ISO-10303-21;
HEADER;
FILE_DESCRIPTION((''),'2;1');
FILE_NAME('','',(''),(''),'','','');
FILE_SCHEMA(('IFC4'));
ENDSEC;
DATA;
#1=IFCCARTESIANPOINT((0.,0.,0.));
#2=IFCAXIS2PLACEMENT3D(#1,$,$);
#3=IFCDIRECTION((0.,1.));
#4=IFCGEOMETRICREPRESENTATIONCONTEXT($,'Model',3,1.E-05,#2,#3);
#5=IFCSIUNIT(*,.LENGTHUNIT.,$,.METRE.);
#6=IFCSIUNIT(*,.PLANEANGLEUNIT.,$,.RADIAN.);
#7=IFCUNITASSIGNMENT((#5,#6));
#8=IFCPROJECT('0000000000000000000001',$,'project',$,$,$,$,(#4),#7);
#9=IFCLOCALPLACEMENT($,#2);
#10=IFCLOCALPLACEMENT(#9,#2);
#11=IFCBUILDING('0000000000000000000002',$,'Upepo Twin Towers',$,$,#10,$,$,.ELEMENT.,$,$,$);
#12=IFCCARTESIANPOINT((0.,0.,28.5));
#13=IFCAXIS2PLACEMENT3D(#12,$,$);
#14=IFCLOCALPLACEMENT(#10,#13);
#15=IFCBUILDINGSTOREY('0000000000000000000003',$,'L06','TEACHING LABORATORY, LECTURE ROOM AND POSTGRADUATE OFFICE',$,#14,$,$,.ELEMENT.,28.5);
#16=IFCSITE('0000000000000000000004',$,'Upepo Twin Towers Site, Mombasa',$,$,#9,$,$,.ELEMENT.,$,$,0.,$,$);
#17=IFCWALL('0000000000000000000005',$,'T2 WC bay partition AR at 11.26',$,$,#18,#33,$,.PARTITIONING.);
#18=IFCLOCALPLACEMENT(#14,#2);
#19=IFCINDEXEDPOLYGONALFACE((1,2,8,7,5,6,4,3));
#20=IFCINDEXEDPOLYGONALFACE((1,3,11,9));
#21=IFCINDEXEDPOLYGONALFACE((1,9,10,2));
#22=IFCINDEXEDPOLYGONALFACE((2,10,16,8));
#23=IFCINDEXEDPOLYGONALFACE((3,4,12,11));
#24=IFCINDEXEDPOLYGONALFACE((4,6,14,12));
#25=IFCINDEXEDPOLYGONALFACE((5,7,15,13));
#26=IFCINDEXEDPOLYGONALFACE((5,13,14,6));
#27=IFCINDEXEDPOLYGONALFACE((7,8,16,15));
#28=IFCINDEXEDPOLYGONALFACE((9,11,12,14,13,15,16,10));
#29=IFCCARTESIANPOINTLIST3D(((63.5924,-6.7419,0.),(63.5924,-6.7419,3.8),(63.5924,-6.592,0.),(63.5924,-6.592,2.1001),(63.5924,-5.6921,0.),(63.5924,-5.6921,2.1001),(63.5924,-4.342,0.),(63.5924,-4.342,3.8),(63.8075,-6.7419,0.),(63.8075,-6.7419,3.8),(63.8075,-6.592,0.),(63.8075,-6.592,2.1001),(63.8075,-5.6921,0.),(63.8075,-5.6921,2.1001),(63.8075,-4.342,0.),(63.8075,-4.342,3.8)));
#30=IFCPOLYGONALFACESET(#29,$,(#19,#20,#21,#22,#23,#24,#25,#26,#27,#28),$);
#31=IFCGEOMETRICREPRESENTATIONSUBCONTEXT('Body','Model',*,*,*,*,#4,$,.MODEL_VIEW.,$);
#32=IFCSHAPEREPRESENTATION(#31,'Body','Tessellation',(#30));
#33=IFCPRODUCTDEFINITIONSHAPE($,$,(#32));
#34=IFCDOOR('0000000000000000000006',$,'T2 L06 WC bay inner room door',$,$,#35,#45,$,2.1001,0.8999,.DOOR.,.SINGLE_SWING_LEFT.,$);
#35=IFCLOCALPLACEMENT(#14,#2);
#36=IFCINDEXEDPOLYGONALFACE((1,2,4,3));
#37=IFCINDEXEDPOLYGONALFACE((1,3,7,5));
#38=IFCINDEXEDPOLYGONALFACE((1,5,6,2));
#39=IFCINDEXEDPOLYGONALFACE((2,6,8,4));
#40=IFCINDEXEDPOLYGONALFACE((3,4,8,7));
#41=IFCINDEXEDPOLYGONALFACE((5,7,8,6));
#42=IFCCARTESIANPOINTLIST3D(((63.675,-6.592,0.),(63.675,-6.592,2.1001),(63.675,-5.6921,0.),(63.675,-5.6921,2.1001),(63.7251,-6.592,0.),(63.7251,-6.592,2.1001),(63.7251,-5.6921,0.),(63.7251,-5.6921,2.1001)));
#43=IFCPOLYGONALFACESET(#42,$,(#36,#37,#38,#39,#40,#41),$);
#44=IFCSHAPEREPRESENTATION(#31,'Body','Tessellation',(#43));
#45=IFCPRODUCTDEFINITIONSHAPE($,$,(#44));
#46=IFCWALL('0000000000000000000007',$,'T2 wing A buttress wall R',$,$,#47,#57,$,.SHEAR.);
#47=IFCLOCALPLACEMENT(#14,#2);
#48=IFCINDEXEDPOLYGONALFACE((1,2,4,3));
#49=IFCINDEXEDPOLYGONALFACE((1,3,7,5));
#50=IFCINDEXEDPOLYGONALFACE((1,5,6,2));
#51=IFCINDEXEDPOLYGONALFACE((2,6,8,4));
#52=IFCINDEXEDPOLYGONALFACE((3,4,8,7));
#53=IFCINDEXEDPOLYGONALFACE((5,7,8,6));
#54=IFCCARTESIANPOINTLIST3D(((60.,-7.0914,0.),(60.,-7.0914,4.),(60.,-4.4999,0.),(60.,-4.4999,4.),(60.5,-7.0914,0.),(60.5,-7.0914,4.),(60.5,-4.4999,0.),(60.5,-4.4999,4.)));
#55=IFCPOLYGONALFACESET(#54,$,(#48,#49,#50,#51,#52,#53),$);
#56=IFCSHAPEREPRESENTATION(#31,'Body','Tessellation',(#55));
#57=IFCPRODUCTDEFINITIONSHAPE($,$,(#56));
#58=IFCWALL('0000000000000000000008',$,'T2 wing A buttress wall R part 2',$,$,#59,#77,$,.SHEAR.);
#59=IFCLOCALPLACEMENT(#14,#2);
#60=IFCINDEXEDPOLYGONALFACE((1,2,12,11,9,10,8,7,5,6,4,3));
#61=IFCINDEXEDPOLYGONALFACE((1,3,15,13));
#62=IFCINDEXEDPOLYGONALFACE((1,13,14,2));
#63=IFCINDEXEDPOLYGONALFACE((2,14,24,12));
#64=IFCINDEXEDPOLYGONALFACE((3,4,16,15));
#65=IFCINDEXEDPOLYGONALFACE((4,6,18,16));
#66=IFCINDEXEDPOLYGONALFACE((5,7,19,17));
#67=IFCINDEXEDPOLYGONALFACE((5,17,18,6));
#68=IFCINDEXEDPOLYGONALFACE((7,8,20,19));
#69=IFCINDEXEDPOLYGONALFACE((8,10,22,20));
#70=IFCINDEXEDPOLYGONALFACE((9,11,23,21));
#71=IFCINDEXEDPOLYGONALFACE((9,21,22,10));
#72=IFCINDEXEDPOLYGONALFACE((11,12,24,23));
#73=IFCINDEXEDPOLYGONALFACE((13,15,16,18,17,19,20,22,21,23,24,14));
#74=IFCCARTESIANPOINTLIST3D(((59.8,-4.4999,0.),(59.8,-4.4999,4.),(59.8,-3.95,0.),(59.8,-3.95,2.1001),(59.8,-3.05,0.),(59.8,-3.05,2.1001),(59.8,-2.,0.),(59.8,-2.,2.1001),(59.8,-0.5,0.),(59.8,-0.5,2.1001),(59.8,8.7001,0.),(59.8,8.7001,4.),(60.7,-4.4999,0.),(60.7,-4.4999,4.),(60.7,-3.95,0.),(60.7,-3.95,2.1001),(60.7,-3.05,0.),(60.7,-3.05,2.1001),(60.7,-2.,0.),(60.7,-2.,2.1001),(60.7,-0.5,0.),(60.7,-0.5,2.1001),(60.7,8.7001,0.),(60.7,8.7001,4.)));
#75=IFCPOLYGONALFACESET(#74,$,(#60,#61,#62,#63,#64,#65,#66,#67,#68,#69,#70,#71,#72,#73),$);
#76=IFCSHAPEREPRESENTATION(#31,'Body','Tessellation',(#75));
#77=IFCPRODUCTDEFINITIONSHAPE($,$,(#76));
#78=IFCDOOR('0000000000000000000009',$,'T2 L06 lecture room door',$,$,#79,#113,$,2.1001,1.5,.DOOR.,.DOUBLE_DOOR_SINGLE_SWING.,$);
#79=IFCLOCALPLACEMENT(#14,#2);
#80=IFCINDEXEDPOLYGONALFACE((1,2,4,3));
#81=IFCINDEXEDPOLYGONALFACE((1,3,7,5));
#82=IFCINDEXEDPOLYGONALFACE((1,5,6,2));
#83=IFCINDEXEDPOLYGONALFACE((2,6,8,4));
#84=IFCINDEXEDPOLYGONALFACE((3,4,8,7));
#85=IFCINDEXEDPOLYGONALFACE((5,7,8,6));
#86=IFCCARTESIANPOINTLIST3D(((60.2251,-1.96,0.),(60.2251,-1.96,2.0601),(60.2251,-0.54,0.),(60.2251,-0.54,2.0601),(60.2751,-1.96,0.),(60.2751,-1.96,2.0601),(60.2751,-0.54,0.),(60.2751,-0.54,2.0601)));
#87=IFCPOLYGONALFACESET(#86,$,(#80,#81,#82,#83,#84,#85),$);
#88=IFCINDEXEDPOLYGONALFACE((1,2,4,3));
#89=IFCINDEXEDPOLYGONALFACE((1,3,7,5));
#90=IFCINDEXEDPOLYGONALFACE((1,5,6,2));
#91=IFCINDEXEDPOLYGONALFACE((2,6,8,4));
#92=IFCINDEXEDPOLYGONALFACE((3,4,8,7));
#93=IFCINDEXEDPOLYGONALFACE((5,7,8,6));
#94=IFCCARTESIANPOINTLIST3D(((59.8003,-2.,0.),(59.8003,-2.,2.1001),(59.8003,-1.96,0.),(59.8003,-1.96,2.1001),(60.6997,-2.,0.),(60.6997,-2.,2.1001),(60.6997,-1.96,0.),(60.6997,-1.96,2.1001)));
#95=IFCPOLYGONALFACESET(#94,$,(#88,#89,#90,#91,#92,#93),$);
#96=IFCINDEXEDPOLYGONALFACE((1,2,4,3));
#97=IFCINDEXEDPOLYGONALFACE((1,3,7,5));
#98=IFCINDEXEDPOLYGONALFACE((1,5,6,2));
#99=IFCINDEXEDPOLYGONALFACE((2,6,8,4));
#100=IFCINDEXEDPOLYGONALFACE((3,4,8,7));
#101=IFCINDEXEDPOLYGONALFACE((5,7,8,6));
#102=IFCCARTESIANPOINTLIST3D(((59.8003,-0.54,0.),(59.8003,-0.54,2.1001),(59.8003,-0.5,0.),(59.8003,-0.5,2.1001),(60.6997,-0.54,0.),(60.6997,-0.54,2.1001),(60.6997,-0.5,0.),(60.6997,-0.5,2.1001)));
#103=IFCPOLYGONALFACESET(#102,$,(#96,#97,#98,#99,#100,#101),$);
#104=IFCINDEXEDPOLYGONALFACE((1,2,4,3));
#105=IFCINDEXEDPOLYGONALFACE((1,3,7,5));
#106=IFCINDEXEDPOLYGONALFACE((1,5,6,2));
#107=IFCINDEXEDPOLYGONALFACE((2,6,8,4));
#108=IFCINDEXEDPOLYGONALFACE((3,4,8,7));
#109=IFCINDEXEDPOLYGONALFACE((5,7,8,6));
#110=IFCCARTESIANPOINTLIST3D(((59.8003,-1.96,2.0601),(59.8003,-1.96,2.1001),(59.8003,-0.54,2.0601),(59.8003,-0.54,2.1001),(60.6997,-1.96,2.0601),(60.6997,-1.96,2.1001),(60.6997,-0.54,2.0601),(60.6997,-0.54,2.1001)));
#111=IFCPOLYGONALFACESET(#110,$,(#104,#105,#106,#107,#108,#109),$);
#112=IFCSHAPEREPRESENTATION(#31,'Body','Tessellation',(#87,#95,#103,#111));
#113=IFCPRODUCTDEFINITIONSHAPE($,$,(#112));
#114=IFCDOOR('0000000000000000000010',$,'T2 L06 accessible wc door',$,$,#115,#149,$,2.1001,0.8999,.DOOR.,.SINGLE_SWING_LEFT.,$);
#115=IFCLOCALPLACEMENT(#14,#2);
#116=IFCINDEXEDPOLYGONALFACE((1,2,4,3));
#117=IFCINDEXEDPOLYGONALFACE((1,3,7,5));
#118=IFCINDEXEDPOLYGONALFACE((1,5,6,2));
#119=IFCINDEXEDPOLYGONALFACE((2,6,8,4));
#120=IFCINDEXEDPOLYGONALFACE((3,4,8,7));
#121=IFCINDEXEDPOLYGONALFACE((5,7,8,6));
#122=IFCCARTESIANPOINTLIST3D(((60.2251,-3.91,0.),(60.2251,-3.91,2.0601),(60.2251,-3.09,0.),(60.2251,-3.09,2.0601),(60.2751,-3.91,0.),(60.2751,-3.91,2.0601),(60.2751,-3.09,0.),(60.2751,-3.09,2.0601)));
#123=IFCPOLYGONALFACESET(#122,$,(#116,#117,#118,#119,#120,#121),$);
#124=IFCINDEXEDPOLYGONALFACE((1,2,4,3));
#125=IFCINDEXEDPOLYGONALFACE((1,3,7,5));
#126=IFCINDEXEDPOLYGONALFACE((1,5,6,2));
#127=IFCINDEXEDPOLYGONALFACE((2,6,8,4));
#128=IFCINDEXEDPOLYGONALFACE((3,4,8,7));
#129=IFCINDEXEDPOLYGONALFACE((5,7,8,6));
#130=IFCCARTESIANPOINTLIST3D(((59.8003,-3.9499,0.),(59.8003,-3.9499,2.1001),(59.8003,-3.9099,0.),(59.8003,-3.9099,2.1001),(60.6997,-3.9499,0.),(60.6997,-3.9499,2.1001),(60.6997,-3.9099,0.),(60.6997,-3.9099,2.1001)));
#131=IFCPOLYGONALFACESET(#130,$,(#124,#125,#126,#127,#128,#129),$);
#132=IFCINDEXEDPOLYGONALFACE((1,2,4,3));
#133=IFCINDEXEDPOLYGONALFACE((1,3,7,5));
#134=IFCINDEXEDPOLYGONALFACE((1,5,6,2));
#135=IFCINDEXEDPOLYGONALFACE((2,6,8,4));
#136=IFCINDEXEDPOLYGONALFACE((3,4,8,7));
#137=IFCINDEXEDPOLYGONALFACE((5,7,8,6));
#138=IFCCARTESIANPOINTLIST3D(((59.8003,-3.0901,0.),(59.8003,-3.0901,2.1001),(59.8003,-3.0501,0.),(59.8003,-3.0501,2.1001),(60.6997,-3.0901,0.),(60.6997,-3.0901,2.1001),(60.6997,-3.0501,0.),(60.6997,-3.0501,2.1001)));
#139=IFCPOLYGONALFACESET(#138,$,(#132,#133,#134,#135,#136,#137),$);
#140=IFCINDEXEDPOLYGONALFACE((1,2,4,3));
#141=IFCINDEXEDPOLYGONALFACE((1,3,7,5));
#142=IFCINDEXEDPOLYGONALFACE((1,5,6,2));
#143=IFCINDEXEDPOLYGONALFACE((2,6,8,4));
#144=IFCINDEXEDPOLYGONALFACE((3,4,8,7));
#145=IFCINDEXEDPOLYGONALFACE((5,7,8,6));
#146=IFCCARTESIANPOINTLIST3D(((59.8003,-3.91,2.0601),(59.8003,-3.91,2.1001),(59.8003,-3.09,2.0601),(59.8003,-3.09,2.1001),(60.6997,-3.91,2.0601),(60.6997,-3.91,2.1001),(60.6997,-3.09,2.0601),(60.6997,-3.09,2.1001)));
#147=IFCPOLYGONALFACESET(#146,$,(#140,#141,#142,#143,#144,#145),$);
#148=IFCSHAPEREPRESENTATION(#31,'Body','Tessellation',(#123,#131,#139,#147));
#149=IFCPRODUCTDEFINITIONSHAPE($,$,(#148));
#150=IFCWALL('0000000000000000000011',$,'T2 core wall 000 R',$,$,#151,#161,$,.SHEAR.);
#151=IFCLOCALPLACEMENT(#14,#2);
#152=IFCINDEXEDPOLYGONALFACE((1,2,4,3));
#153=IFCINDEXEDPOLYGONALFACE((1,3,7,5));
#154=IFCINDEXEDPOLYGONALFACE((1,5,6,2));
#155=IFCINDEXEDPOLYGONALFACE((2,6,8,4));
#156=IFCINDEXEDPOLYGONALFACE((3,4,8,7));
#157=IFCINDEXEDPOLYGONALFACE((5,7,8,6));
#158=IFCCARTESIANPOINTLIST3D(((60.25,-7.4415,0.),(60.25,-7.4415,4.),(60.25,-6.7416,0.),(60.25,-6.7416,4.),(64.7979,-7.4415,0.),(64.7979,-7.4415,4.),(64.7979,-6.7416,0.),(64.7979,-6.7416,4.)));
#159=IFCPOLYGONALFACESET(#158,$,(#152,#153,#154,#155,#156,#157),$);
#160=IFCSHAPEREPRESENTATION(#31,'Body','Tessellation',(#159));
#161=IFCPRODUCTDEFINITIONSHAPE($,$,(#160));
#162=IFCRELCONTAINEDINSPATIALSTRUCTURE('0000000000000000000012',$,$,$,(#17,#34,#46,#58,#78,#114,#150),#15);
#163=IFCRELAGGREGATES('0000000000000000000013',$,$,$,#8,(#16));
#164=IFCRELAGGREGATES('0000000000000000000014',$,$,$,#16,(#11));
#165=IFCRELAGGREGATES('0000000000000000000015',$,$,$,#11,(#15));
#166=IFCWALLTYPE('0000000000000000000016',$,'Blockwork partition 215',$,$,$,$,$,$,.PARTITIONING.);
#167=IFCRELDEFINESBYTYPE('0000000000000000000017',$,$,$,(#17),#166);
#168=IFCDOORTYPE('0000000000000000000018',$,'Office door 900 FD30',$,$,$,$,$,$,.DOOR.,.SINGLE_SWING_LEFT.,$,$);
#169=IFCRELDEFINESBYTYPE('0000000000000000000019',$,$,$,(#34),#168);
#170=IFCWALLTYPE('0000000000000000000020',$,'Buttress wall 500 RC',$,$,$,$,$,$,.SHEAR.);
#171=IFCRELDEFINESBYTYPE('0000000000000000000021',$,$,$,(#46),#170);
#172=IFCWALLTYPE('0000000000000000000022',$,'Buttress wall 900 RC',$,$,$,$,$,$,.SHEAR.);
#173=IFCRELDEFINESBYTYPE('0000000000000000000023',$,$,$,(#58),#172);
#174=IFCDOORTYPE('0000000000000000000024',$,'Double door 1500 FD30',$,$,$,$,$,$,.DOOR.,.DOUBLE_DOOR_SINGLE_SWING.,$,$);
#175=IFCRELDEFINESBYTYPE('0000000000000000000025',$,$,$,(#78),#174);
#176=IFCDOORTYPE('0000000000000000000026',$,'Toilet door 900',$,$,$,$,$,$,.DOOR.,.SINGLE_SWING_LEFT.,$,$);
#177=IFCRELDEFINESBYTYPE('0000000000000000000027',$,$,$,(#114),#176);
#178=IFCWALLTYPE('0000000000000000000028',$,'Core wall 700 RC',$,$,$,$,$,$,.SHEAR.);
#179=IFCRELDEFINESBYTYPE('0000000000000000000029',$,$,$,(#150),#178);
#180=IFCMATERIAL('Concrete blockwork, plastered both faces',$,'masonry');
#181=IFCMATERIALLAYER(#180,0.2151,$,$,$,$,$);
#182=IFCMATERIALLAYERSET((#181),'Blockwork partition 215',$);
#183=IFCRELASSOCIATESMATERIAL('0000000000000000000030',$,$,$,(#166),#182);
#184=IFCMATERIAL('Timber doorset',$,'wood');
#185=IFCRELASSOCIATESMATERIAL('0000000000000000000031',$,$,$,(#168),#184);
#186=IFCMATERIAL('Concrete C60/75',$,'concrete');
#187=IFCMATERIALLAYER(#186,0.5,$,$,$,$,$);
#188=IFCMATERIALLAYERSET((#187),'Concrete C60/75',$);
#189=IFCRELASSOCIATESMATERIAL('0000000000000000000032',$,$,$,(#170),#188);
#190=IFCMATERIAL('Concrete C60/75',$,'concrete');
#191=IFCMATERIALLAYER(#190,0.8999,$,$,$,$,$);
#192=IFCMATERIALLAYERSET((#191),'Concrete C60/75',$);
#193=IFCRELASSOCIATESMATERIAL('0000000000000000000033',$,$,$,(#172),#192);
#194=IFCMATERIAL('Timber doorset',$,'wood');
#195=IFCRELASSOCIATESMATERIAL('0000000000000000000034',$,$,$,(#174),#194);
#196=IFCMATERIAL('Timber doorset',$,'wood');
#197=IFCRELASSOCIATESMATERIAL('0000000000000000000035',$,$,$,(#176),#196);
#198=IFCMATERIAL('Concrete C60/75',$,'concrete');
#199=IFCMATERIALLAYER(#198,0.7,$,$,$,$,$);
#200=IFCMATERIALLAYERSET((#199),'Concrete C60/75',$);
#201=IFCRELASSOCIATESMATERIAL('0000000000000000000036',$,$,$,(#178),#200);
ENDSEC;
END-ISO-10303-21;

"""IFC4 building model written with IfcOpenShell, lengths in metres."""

from ifc_helpers import new_model, si_unit, direction, frame, frame_2d, origin, place, context, subcontext, project, spatial, rectangle, extrude, material, layer, layer_set, type_object, element, fill, save


model = new_model("IFC4")

# Units and contexts
model_context = context("Model", 3, precision=1e-05, world=origin(), true_north=direction((0.0, 1.0)))
body_context = subcontext(model_context, "Body", "Model", "MODEL_VIEW")
ifc_project = project(units=[si_unit("LENGTHUNIT", "METRE"), si_unit("PLANEANGLEUNIT", "RADIAN")], contexts=[model_context])

# Site, building, storey
site_placement = place(None, origin())
site = spatial("IfcSite", under=ifc_project, at=site_placement, Name="Upepo Twin Towers Site, Mombasa", CompositionType="ELEMENT", RefElevation=0.0)
building_placement = place(site_placement, origin())
building = spatial("IfcBuilding", under=site, at=building_placement, Name="Upepo Twin Towers", CompositionType="ELEMENT")
storey_placement = place(building_placement, frame((0.0, 0.0, 28.5)))
storey = spatial("IfcBuildingStorey", under=building, at=storey_placement, Name="L06", Description="TEACHING LABORATORY, LECTURE ROOM AND POSTGRADUATE OFFICE", CompositionType="ELEMENT", Elevation=28.5)

# Wall, opening, door
ifc_material_1 = material(Name="Concrete blockwork, plastered both faces", Category="masonry")
ifc_layer_1 = layer(ifc_material_1, 0.2151)
ifc_layer_set_1 = layer_set([ifc_layer_1], Name="Blockwork partition 215")
wall_type_1 = type_object("IfcWallType", Name="Blockwork partition 215", PredefinedType="PARTITIONING", material=ifc_layer_set_1)
wall_1_placement = place(storey_placement, frame((63.7, -6.7419, 0.0), z_axis=(0.0, 0.0, 1.0), x_axis=(0.0, 1.0, 0.0)))
wall_1 = element("IfcWall", 1, at=wall_1_placement, inside=storey, type_object=wall_type_1, Name="T2 WC bay partition AR at 11.26", PredefinedType="PARTITIONING", context=body_context, shape_type="SweptSolid", body=[
    extrude(rectangle(XDim=2.3999, YDim=0.2151, at=frame_2d((1.2, 0.0))), origin(), (0.0, 0.0, 1.0), 3.8),
])
opening_1_placement = place(wall_1_placement, frame((0.1499, 0.0, 0.0)))
opening_1 = element("IfcOpeningElement", 2, at=opening_1_placement, cuts=wall_1, PredefinedType="OPENING", context=body_context, shape_type="SweptSolid", body=[
    extrude(rectangle(XDim=0.8999, YDim=2.1001, at=frame_2d((0.45, 1.05))), frame((0.0, 0.1174, 0.0), z_axis=(0.0, -1.0, 0.0), x_axis=(1.0, 0.0, 0.0)), (0.0, 0.0, 1.0), 0.2351),
])
ifc_material_2 = material(Name="Timber doorset", Category="wood")
door_type_1 = type_object("IfcDoorType", Name="Office door 900 FD30", OperationType="SINGLE_SWING_LEFT", PredefinedType="DOOR", material=ifc_material_2)
door_1_placement = place(opening_1_placement, origin())
door_1 = element("IfcDoor", 3, at=door_1_placement, inside=storey, type_object=door_type_1, Name="T2 L06 WC bay inner room door", OperationType="SINGLE_SWING_LEFT", OverallHeight=2.1001, OverallWidth=0.8999, PredefinedType="DOOR", context=body_context, shape_type="SweptSolid", body=[
    extrude(rectangle(XDim=0.8999, YDim=2.1001, at=frame_2d((0.45, 1.05))), frame((0.0, 0.0249, 0.0), z_axis=(0.0, -1.0, 0.0), x_axis=(1.0, 0.0, 0.0)), (0.0, 0.0, 1.0), 0.05),
])
fill(opening_1, door_1)

# Wall
ifc_material_3 = material(Name="Concrete C60/75", Category="concrete")
ifc_layer_2 = layer(ifc_material_3, 0.5)
ifc_layer_set_2 = layer_set([ifc_layer_2], Name="Concrete C60/75")
wall_type_2 = type_object("IfcWallType", Name="Buttress wall 500 RC", PredefinedType="SHEAR", material=ifc_layer_set_2)
wall_2_placement = place(storey_placement, frame((60.25, -7.0916, 0.0), z_axis=(0.0, 0.0, 1.0), x_axis=(0.0, 1.0, 0.0)))
element("IfcWall", 4, at=wall_2_placement, inside=storey, type_object=wall_type_2, Name="T2 wing A buttress wall R", PredefinedType="SHEAR", context=body_context, shape_type="SweptSolid", body=[
    extrude(rectangle(XDim=2.5916, YDim=0.5, at=frame_2d((1.2959, 0.0))), origin(), (0.0, 0.0, 1.0), 4.0),
])

# Wall, openings, doors
ifc_material_4 = material(Name="Concrete C60/75", Category="concrete")
ifc_layer_3 = layer(ifc_material_4, 0.8999)
ifc_layer_set_3 = layer_set([ifc_layer_3], Name="Concrete C60/75")
wall_type_3 = type_object("IfcWallType", Name="Buttress wall 900 RC", PredefinedType="SHEAR", material=ifc_layer_set_3)
wall_3_placement = place(storey_placement, frame((60.25, -4.5, 0.0), z_axis=(0.0, 0.0, 1.0), x_axis=(0.0, 1.0, 0.0)))
wall_3 = element("IfcWall", 5, at=wall_3_placement, inside=storey, type_object=wall_type_3, Name="T2 wing A buttress wall R part 2", PredefinedType="SHEAR", context=body_context, shape_type="SweptSolid", body=[
    extrude(rectangle(XDim=13.2, YDim=0.8999, at=frame_2d((6.6001, 0.0))), origin(), (0.0, 0.0, 1.0), 4.0),
])
opening_2_placement = place(wall_3_placement, frame((0.55, 0.0, 0.0)))
opening_2 = element("IfcOpeningElement", 6, at=opening_2_placement, cuts=wall_3, PredefinedType="OPENING", context=body_context, shape_type="SweptSolid", body=[
    extrude(rectangle(XDim=0.8999, YDim=2.1001, at=frame_2d((0.45, 1.05))), frame((0.0, 0.46, 0.0), z_axis=(0.0, -1.0, 0.0), x_axis=(1.0, 0.0, 0.0)), (0.0, 0.0, 1.0), 0.9199),
])
opening_3_placement = place(wall_3_placement, frame((2.5, 0.0, 0.0)))
opening_3 = element("IfcOpeningElement", 7, at=opening_3_placement, cuts=wall_3, PredefinedType="OPENING", context=body_context, shape_type="SweptSolid", body=[
    extrude(rectangle(XDim=1.5, YDim=2.1001, at=frame_2d((0.75, 1.05))), frame((0.0, 0.46, 0.0), z_axis=(0.0, -1.0, 0.0), x_axis=(1.0, 0.0, 0.0)), (0.0, 0.0, 1.0), 0.9199),
])
ifc_material_5 = material(Name="Timber doorset", Category="wood")
door_type_2 = type_object("IfcDoorType", Name="Double door 1500 FD30", OperationType="DOUBLE_DOOR_SINGLE_SWING", PredefinedType="DOOR", material=ifc_material_5)
door_2_placement = place(opening_3_placement, origin())
door_2 = element("IfcDoor", 8, at=door_2_placement, inside=storey, type_object=door_type_2, Name="T2 L06 lecture room door", OperationType="DOUBLE_DOOR_SINGLE_SWING", OverallHeight=2.1001, OverallWidth=1.5, PredefinedType="DOOR", context=body_context, shape_type="SweptSolid", body=[
    extrude(rectangle(XDim=1.42, YDim=2.0601, at=frame_2d((0.75, 1.03))), frame((0.0, 0.0249, 0.0), z_axis=(0.0, -1.0, 0.0), x_axis=(1.0, 0.0, 0.0)), (0.0, 0.0, 1.0), 0.05),
    extrude(rectangle(XDim=0.04, YDim=2.1001, at=frame_2d((0.02, 1.05))), frame((0.0, 0.4497, 0.0), z_axis=(0.0, -1.0, 0.0), x_axis=(1.0, 0.0, 0.0)), (0.0, 0.0, 1.0), 0.8994),
    extrude(rectangle(XDim=0.04, YDim=2.1001, at=frame_2d((1.48, 1.05))), frame((0.0, 0.4497, 0.0), z_axis=(0.0, -1.0, 0.0), x_axis=(1.0, 0.0, 0.0)), (0.0, 0.0, 1.0), 0.8994),
    extrude(rectangle(XDim=1.42, YDim=0.04, at=frame_2d((0.75, 2.0801))), frame((0.0, 0.4497, 0.0), z_axis=(0.0, -1.0, 0.0), x_axis=(1.0, 0.0, 0.0)), (0.0, 0.0, 1.0), 0.8994),
])
fill(opening_3, door_2)
ifc_material_6 = material(Name="Timber doorset", Category="wood")
door_type_3 = type_object("IfcDoorType", Name="Toilet door 900", OperationType="SINGLE_SWING_LEFT", PredefinedType="DOOR", material=ifc_material_6)
door_3_placement = place(opening_2_placement, origin())
door_3 = element("IfcDoor", 9, at=door_3_placement, inside=storey, type_object=door_type_3, Name="T2 L06 accessible wc door", OperationType="SINGLE_SWING_LEFT", OverallHeight=2.1001, OverallWidth=0.8999, PredefinedType="DOOR", context=body_context, shape_type="SweptSolid", body=[
    extrude(rectangle(XDim=0.8199, YDim=2.0601, at=frame_2d((0.45, 1.03))), frame((0.0, 0.0249, 0.0), z_axis=(0.0, -1.0, 0.0), x_axis=(1.0, 0.0, 0.0)), (0.0, 0.0, 1.0), 0.05),
    extrude(rectangle(XDim=0.04, YDim=2.1001, at=frame_2d((0.02, 1.05))), frame((0.0, 0.4497, 0.0), z_axis=(0.0, -1.0, 0.0), x_axis=(1.0, 0.0, 0.0)), (0.0, 0.0, 1.0), 0.8994),
    extrude(rectangle(XDim=0.04, YDim=2.1001, at=frame_2d((0.8799, 1.05))), frame((0.0, 0.4497, 0.0), z_axis=(0.0, -1.0, 0.0), x_axis=(1.0, 0.0, 0.0)), (0.0, 0.0, 1.0), 0.8994),
    extrude(rectangle(XDim=0.8199, YDim=0.04, at=frame_2d((0.45, 2.0801))), frame((0.0, 0.4497, 0.0), z_axis=(0.0, -1.0, 0.0), x_axis=(1.0, 0.0, 0.0)), (0.0, 0.0, 1.0), 0.8994),
])
fill(opening_2, door_3)

# Wall
ifc_material_7 = material(Name="Concrete C60/75", Category="concrete")
ifc_layer_4 = layer(ifc_material_7, 0.7)
ifc_layer_set_4 = layer_set([ifc_layer_4], Name="Concrete C60/75")
wall_type_4 = type_object("IfcWallType", Name="Core wall 700 RC", PredefinedType="SHEAR", material=ifc_layer_set_4)
wall_4_placement = place(storey_placement, frame((64.7979, -7.0916, 0.0), z_axis=(0.0, 0.0, 1.0), x_axis=(-1.0, 0.0, 0.0)))
element("IfcWall", 10, at=wall_4_placement, inside=storey, type_object=wall_type_4, Name="T2 core wall 000 R", PredefinedType="SHEAR", context=body_context, shape_type="SweptSolid", body=[
    extrude(rectangle(XDim=4.5479, YDim=0.7, at=frame_2d((2.2739, 0.0))), origin(), (0.0, 0.0, 1.0), 4.0),
])

save(model, "model.ifc")
